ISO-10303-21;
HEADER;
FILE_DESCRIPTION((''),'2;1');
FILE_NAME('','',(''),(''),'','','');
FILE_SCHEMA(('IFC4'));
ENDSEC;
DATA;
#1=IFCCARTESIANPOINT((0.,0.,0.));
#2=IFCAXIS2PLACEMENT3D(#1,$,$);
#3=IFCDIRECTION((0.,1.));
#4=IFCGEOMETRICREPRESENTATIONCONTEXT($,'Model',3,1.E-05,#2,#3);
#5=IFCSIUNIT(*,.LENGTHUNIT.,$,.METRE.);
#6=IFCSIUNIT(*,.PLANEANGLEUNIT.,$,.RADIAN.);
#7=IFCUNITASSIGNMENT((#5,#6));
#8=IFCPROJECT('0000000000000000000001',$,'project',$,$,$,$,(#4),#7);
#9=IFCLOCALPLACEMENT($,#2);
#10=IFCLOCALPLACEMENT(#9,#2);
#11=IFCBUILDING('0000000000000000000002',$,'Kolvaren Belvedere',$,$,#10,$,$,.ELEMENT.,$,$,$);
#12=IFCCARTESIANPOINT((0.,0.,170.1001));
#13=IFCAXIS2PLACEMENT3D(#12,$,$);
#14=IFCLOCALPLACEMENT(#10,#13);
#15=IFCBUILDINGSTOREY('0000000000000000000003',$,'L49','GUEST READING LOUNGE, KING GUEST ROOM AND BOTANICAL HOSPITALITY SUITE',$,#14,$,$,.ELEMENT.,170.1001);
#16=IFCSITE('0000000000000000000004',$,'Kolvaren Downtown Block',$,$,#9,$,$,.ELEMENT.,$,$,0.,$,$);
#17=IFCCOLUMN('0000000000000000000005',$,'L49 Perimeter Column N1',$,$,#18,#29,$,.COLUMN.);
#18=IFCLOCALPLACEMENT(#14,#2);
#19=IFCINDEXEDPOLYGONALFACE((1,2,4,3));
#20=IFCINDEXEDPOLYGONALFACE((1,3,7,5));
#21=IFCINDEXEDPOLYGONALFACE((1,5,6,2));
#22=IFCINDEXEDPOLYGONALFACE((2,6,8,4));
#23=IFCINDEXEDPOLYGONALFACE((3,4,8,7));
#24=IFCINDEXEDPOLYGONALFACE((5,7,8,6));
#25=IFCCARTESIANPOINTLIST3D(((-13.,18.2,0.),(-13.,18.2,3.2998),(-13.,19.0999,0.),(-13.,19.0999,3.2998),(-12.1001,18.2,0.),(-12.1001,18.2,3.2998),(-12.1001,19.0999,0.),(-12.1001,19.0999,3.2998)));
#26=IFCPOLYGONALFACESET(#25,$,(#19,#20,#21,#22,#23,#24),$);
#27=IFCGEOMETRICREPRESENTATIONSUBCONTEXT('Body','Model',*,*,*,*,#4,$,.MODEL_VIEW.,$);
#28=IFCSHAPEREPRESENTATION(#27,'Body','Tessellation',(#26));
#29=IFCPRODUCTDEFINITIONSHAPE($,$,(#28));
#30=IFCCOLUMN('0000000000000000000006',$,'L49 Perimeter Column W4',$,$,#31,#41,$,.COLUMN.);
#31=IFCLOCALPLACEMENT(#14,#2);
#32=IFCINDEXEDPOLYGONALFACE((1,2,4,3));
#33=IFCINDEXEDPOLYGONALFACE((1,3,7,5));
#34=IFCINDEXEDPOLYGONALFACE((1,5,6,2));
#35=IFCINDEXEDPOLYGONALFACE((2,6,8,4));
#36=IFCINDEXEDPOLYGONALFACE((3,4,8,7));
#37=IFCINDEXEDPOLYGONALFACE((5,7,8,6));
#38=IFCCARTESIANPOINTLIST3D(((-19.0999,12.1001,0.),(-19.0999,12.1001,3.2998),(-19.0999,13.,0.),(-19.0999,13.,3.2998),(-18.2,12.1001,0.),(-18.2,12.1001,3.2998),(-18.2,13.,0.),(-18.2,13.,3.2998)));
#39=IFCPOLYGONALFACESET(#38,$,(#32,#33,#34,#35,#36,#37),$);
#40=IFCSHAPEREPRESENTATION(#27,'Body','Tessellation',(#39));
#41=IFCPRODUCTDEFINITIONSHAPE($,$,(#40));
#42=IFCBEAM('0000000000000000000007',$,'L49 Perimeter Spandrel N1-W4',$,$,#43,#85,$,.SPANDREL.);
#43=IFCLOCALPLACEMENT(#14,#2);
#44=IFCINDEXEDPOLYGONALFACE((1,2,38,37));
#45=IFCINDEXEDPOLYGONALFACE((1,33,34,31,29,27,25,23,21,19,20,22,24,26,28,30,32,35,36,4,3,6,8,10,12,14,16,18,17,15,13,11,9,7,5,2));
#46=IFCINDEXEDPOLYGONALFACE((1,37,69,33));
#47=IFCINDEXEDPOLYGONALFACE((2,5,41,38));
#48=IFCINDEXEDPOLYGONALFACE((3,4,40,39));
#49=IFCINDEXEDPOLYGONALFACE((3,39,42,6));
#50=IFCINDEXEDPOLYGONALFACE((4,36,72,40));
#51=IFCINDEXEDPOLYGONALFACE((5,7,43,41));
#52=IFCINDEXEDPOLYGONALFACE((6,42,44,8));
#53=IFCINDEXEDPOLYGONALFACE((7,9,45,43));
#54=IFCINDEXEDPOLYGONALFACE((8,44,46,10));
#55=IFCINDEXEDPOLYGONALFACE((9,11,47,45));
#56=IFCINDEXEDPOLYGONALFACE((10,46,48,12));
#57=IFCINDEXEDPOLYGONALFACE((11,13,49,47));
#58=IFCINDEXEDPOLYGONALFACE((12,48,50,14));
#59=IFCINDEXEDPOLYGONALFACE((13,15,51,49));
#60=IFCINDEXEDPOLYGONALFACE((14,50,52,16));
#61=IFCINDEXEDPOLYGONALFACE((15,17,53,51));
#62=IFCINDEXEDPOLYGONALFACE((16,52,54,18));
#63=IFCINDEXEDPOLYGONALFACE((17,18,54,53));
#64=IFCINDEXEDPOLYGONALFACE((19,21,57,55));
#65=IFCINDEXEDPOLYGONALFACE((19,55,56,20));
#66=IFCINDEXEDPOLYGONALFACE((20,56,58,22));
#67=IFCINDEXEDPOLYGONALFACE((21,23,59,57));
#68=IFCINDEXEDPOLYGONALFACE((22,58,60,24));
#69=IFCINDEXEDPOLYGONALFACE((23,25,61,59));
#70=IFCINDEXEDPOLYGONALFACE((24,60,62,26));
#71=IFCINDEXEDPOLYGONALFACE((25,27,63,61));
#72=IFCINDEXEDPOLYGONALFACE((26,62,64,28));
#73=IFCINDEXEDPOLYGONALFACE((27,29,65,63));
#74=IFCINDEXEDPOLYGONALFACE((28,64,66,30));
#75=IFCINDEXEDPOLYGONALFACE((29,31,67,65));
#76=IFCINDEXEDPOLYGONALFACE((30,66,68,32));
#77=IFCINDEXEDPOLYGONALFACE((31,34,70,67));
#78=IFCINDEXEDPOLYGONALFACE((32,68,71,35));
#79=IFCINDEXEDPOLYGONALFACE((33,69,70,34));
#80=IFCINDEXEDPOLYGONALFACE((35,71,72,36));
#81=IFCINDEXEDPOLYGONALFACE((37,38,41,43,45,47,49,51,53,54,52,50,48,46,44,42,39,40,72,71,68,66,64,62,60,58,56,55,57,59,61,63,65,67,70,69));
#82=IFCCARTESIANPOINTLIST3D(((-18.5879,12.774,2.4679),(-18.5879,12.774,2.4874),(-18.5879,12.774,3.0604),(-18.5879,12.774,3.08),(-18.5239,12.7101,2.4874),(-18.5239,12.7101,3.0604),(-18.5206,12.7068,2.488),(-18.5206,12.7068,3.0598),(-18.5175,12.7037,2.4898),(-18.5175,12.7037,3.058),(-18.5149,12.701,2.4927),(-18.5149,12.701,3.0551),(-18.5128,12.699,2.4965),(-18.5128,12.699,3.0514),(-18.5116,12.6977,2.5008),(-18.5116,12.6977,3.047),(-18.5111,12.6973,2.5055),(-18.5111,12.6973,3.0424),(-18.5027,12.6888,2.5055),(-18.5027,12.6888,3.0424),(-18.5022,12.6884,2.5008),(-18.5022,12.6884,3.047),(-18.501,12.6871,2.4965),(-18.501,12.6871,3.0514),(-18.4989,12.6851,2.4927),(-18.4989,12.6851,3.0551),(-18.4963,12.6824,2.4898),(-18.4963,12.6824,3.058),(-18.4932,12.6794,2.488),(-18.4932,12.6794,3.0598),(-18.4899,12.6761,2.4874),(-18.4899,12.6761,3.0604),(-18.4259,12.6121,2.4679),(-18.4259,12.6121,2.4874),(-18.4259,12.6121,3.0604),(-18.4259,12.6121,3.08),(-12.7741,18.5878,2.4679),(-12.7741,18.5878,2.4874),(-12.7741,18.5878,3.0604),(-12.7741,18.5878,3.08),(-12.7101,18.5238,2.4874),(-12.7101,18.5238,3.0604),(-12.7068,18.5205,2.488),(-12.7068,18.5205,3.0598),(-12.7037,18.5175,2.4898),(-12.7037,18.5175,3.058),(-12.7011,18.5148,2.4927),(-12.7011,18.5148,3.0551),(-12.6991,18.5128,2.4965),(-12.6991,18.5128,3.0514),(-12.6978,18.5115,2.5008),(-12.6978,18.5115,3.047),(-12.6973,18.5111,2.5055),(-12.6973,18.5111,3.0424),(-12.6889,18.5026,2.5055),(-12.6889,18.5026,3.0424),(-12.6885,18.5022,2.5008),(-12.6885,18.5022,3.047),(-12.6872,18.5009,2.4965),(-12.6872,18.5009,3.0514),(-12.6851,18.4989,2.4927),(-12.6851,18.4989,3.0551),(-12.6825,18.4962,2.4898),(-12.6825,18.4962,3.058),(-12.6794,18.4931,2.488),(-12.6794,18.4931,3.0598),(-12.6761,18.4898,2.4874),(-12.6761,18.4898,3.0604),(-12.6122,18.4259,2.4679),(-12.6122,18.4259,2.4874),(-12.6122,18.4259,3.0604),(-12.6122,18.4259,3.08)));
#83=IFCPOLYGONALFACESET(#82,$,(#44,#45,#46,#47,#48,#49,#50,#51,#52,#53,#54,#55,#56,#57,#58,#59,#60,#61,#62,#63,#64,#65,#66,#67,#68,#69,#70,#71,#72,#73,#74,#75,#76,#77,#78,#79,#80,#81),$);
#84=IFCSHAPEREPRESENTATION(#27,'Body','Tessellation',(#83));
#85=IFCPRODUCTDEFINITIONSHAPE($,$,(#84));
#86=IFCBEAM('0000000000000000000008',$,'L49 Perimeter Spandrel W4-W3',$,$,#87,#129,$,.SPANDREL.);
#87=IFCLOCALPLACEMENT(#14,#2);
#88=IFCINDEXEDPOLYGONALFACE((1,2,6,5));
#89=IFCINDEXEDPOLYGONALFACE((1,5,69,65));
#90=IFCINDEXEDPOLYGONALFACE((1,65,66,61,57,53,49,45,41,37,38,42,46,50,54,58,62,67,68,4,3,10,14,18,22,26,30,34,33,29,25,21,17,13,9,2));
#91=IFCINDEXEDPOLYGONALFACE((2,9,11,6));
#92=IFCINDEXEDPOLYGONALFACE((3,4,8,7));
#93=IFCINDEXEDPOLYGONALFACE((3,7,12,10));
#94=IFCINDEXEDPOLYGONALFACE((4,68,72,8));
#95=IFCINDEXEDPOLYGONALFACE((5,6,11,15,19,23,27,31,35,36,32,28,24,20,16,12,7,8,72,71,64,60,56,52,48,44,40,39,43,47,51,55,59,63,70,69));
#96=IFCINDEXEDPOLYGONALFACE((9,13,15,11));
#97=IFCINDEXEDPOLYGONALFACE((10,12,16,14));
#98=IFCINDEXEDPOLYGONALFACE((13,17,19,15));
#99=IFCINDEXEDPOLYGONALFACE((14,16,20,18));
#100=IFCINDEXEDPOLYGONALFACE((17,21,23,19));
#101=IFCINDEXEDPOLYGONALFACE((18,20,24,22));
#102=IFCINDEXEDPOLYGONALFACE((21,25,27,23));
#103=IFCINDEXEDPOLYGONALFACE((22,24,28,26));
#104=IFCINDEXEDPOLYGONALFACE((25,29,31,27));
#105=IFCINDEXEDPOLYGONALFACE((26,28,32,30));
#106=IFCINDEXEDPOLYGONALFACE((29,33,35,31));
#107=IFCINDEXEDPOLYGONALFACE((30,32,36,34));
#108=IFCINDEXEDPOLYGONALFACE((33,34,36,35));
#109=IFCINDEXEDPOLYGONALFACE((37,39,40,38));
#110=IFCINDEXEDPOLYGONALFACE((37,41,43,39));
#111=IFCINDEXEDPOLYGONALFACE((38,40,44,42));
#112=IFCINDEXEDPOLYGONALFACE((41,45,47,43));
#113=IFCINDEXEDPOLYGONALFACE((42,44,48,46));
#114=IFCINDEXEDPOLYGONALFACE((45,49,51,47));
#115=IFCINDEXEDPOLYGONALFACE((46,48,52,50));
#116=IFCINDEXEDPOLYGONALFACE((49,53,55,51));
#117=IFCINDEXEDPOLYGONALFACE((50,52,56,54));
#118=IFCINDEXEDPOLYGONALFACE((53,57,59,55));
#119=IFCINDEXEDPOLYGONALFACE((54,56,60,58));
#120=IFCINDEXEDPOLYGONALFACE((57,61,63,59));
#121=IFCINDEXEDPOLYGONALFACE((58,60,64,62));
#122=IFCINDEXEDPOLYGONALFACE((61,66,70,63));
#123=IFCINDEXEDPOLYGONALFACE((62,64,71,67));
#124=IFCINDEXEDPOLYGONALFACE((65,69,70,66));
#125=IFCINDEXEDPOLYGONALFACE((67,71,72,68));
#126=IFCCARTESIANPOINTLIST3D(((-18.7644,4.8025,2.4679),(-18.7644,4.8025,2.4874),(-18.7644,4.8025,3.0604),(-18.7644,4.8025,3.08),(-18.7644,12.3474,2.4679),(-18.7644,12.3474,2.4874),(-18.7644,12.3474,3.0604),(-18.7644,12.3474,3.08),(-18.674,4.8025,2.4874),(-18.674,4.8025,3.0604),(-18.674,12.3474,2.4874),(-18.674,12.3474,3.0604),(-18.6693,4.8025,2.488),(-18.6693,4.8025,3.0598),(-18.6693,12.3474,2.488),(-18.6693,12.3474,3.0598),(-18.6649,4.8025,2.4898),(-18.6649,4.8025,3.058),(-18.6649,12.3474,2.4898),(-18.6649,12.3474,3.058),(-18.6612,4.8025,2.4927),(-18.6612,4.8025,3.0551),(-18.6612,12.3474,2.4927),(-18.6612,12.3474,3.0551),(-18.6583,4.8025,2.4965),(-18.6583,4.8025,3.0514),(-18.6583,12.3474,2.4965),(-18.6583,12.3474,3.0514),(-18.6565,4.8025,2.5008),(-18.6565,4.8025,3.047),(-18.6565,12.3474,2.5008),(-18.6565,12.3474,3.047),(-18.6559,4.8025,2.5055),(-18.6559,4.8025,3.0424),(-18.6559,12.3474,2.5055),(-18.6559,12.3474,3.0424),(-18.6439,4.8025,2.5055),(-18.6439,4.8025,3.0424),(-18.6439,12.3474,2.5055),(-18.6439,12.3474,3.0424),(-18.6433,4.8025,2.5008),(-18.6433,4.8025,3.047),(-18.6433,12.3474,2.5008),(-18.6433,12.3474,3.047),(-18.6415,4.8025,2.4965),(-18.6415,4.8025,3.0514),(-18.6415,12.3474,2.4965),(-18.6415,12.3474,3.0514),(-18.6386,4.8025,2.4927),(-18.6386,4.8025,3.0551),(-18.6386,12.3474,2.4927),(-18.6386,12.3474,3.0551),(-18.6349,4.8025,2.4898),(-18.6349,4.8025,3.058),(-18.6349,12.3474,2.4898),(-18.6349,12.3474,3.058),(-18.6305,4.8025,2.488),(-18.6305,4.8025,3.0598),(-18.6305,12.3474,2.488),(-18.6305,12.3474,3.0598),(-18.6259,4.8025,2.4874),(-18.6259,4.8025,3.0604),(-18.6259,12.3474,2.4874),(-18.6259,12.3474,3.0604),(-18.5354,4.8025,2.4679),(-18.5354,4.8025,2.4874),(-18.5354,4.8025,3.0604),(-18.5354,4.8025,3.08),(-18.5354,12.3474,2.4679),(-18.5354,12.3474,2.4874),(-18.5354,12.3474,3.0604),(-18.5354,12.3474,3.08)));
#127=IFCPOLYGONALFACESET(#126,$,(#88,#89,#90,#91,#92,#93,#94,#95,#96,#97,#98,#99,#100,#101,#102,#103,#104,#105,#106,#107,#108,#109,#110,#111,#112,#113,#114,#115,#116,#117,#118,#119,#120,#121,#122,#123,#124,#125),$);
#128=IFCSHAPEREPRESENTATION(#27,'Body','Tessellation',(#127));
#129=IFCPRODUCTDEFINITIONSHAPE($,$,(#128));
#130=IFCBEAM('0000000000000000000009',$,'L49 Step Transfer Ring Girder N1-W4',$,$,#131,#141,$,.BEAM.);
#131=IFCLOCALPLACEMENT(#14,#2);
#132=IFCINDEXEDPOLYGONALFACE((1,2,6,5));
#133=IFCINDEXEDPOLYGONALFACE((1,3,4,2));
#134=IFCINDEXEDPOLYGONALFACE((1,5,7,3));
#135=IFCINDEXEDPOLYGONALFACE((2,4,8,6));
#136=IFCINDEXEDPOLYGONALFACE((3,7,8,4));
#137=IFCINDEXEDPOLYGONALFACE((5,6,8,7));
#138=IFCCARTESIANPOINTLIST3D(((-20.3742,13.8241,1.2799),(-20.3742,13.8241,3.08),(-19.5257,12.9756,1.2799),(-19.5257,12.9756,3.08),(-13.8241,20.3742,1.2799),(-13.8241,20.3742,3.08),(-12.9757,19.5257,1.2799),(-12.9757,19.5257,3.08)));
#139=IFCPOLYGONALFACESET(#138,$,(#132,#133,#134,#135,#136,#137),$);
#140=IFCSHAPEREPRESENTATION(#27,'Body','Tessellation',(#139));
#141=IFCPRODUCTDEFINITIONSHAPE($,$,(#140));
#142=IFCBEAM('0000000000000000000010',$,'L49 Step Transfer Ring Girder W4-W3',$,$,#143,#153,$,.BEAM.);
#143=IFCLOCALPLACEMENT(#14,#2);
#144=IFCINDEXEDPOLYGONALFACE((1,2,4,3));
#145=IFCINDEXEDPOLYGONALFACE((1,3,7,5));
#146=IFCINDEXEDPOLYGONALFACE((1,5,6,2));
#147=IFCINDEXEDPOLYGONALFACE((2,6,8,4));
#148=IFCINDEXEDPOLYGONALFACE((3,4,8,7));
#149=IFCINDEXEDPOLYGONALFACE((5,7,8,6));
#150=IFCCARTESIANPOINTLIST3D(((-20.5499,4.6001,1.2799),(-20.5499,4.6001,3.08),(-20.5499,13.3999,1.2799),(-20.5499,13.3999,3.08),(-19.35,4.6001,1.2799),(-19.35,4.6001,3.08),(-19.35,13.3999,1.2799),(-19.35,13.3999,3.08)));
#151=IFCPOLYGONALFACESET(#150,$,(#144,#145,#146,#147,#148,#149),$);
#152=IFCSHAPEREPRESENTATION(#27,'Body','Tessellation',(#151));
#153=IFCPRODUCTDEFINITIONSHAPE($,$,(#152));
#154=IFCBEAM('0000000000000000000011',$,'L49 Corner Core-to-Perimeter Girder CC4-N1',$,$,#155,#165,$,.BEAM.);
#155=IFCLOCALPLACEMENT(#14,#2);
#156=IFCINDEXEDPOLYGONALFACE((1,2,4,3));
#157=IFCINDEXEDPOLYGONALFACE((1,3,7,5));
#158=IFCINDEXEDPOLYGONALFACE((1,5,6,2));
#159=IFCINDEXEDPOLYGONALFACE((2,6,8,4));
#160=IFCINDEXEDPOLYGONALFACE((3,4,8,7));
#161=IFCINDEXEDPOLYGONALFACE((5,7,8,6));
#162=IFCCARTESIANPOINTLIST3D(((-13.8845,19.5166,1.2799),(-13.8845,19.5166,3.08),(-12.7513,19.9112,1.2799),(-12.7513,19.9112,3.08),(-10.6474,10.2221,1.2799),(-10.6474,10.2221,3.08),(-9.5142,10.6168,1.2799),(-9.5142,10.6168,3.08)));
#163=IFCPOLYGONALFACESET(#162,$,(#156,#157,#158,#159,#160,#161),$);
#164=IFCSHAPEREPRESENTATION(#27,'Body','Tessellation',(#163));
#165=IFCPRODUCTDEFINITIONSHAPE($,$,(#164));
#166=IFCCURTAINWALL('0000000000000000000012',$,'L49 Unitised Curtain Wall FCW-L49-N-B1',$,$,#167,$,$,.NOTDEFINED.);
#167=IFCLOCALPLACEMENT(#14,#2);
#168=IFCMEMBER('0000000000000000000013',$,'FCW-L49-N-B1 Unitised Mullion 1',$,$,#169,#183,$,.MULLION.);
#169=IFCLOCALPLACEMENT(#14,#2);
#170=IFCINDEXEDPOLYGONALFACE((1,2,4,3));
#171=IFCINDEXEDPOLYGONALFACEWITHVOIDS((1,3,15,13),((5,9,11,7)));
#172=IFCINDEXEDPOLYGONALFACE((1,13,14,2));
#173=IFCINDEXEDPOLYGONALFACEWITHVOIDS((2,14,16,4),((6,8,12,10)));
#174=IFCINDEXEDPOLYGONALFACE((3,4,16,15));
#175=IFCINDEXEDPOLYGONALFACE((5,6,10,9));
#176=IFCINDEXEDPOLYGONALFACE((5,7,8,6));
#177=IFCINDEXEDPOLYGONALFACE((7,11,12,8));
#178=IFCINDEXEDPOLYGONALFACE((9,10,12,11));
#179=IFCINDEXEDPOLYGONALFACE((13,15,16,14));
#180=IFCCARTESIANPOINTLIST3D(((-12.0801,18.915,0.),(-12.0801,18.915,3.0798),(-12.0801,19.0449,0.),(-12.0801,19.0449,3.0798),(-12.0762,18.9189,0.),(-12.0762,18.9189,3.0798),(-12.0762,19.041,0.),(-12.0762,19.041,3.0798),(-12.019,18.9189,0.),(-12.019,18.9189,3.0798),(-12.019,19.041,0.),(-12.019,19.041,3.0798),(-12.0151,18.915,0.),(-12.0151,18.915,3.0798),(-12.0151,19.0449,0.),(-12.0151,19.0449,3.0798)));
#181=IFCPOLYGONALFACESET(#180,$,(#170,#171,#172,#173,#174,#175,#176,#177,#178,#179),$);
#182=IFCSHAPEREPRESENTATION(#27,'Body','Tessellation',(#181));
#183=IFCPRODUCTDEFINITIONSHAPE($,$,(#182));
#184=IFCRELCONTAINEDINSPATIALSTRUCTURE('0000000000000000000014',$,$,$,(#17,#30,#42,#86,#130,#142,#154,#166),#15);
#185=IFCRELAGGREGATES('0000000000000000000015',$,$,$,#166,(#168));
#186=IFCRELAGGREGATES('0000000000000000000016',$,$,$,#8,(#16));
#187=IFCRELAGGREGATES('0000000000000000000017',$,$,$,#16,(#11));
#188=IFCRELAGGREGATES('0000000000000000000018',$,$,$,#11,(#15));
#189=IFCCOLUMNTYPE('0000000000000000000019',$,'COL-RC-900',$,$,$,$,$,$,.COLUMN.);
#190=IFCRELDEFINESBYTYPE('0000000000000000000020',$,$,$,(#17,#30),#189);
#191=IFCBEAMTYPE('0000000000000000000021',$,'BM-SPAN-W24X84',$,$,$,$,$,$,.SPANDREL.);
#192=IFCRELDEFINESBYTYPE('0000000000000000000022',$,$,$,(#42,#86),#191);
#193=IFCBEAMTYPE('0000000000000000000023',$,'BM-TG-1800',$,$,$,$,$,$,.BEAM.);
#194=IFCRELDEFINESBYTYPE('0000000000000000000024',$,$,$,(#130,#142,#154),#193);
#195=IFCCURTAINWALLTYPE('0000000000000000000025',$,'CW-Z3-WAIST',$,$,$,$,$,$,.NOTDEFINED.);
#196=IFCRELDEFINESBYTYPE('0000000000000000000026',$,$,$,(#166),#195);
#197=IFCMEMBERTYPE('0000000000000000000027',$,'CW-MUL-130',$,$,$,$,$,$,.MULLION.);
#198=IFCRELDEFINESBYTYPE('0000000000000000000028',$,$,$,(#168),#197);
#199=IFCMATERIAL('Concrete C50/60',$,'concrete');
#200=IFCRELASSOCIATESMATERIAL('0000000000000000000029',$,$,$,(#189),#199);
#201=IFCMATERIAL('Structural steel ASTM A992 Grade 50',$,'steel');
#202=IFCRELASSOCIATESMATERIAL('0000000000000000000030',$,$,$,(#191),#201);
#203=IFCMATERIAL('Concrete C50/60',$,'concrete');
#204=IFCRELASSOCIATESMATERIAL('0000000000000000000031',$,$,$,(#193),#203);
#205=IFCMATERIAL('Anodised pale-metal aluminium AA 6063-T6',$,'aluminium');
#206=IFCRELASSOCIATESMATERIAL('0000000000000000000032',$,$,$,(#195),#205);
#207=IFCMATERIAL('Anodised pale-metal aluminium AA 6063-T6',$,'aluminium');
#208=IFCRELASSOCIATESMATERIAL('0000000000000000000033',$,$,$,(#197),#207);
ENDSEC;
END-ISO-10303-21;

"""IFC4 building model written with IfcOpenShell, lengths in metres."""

from ifc_helpers import new_model, si_unit, direction, frame, origin, origin_2d, place, context, subcontext, project, spatial, rectangle, hollow_rectangle, i_section, extrude, material, material_profile, profile_set, type_object, element, aggregate, save


model = new_model("IFC4")

# Units and contexts
model_context = context("Model", 3, precision=1e-05, world=origin(), true_north=direction((0.0, 1.0)))
body_context = subcontext(model_context, "Body", "Model", "MODEL_VIEW")
ifc_project = project(units=[si_unit("LENGTHUNIT", "METRE"), si_unit("PLANEANGLEUNIT", "RADIAN")], contexts=[model_context])

# Site, building, storey
site_placement = place(None, origin())
site = spatial("IfcSite", under=ifc_project, at=site_placement, Name="Kolvaren Downtown Block", CompositionType="ELEMENT", RefElevation=0.0)
building_placement = place(site_placement, origin())
building = spatial("IfcBuilding", under=site, at=building_placement, Name="Kolvaren Belvedere", CompositionType="ELEMENT")
storey_placement = place(building_placement, frame((0.0, 0.0, 170.1001)))
storey = spatial("IfcBuildingStorey", under=building, at=storey_placement, Name="L49", Description="GUEST READING LOUNGE, KING GUEST ROOM AND BOTANICAL HOSPITALITY SUITE", CompositionType="ELEMENT", Elevation=170.1001)

# Columns
ifc_material_1 = material(Name="Concrete C50/60", Category="concrete")
ifc_material_profile_1 = material_profile(ifc_material_1, rectangle(XDim=0.8999, YDim=0.8999, at=origin_2d()), Name="RC 900X900")
ifc_profile_set_1 = profile_set([ifc_material_profile_1], Name="Concrete C50/60")
column_type = type_object("IfcColumnType", Name="COL-RC-900", PredefinedType="COLUMN", material=ifc_profile_set_1)
for number, where, z_axis, x_axis, name in (
    (1, (-12.55, 18.6499, 0.0), (0.0, 0.0, 1.0), (1.0, 0.0, 0.0), "L49 Perimeter Column N1"),
    (2, (-18.6499, 12.55, 0.0), (0.0, 0.0, 1.0), (1.0, 0.0, 0.0), "L49 Perimeter Column W4"),
):
    element("IfcColumn", number, at=place(storey_placement, frame(where, z_axis=z_axis, x_axis=x_axis)), inside=storey, type_object=column_type, Name=name, PredefinedType="COLUMN", context=body_context, shape_type="SweptSolid", body=[
        extrude(rectangle(XDim=0.8999, YDim=0.8999, at=origin_2d()), origin(), (0.0, 0.0, 1.0), 3.2998),
    ])

# Beams
ifc_material_2 = material(Name="Structural steel ASTM A992 Grade 50", Category="steel")
ifc_material_profile_2 = material_profile(ifc_material_2, i_section(OverallWidth=0.229, OverallDepth=0.6121, WebThickness=0.012, FlangeThickness=0.0195, FilletRadius=0.0181, at=origin_2d()), Name="W24X84")
ifc_profile_set_2 = profile_set([ifc_material_profile_2], Name="Structural steel ASTM A992 Grade 50")
beam_type_1 = type_object("IfcBeamType", Name="BM-SPAN-W24X84", PredefinedType="SPANDREL", material=ifc_profile_set_2)
beam_1_placement = place(storey_placement, frame((-12.6931, 18.5068, 2.7739), z_axis=(-0.707107, -0.707107, 0.0), x_axis=(0.707107, -0.707107, 0.0)))
element("IfcBeam", 3, at=beam_1_placement, inside=storey, type_object=beam_type_1, Name="L49 Perimeter Spandrel N1-W4", PredefinedType="SPANDREL", context=body_context, shape_type="SweptSolid", body=[
    extrude(i_section(OverallWidth=0.229, OverallDepth=0.6121, WebThickness=0.012, FlangeThickness=0.0195, FilletRadius=0.0181, at=origin_2d()), origin(), (0.0, 0.0, 1.0), 8.2219),
])
beam_2_placement = place(storey_placement, frame((-18.6499, 12.3474, 2.7739), z_axis=(0.0, -1.0, 0.0), x_axis=(1.0, 0.0, 0.0)))
element("IfcBeam", 4, at=beam_2_placement, inside=storey, type_object=beam_type_1, Name="L49 Perimeter Spandrel W4-W3", PredefinedType="SPANDREL", context=body_context, shape_type="SweptSolid", body=[
    extrude(i_section(OverallWidth=0.229, OverallDepth=0.6121, WebThickness=0.012, FlangeThickness=0.0195, FilletRadius=0.0181, at=origin_2d()), origin(), (0.0, 0.0, 1.0), 7.5449),
])
ifc_material_3 = material(Name="Concrete C50/60", Category="concrete")
ifc_material_profile_3 = material_profile(ifc_material_3, rectangle(XDim=1.2, YDim=1.8, at=origin_2d()), Name="RC 1200X1800")
ifc_profile_set_3 = profile_set([ifc_material_profile_3], Name="Concrete C50/60")
beam_type_2 = type_object("IfcBeamType", Name="BM-TG-1800", PredefinedType="BEAM", material=ifc_profile_set_3)
beam_3_placement = place(storey_placement, frame((-13.3999, 19.95, 2.1799), z_axis=(-0.707107, -0.707107, 0.0), x_axis=(0.707107, -0.707107, 0.0)))
element("IfcBeam", 5, at=beam_3_placement, inside=storey, type_object=beam_type_2, Name="L49 Step Transfer Ring Girder N1-W4", PredefinedType="BEAM", context=body_context, shape_type="SweptSolid", body=[
    extrude(rectangle(XDim=1.2, YDim=1.8, at=origin_2d()), origin(), (0.0, 0.0, 1.0), 9.2632),
])
beam_4_placement = place(storey_placement, frame((-19.95, 13.3999, 2.1799), z_axis=(0.0, -1.0, 0.0), x_axis=(1.0, 0.0, 0.0)))
element("IfcBeam", 6, at=beam_4_placement, inside=storey, type_object=beam_type_2, Name="L49 Step Transfer Ring Girder W4-W3", PredefinedType="BEAM", context=body_context, shape_type="SweptSolid", body=[
    extrude(rectangle(XDim=1.2, YDim=1.8, at=origin_2d()), origin(), (0.0, 0.0, 1.0), 8.7998),
])
beam_5_placement = place(storey_placement, frame((-10.0808, 10.4194, 2.1799), z_axis=(-0.328903, 0.944364, 0.0), x_axis=(-0.944364, -0.328903, 0.0)))
element("IfcBeam", 7, at=beam_5_placement, inside=storey, type_object=beam_type_2, Name="L49 Corner Core-to-Perimeter Girder CC4-N1", PredefinedType="BEAM", context=body_context, shape_type="SweptSolid", body=[
    extrude(rectangle(XDim=1.2, YDim=1.8, at=origin_2d()), origin(), (0.0, 0.0, 1.0), 9.842),
])

# Curtain wall, member
ifc_material_4 = material(Name="Anodised pale-metal aluminium AA 6063-T6", Category="aluminium")
curtain_wall_type = type_object("IfcCurtainWallType", Name="CW-Z3-WAIST", PredefinedType="NOTDEFINED", material=ifc_material_4)
curtain_wall_1_placement = place(storey_placement, origin())
curtain_wall_1 = element("IfcCurtainWall", 8, at=curtain_wall_1_placement, inside=storey, type_object=curtain_wall_type, Name="L49 Unitised Curtain Wall FCW-L49-N-B1", PredefinedType="NOTDEFINED")
ifc_material_5 = material(Name="Anodised pale-metal aluminium AA 6063-T6", Category="aluminium")
ifc_material_profile_4 = material_profile(ifc_material_5, hollow_rectangle(XDim=0.0649, YDim=0.1299, WallThickness=0.0039, at=origin_2d()), Name="ALU-MUL-130X65")
ifc_profile_set_4 = profile_set([ifc_material_profile_4], Name="Anodised pale-metal aluminium AA 6063-T6")
member_type_1 = type_object("IfcMemberType", Name="CW-MUL-130", PredefinedType="MULLION", material=ifc_profile_set_4)
member_1_placement = place(storey_placement, frame((-12.0476, 18.98, 0.0), z_axis=(0.0, 0.0, 1.0), x_axis=(1.0, 0.0, 0.0)))
member_1 = element("IfcMember", 9, at=member_1_placement, type_object=member_type_1, Name="FCW-L49-N-B1 Unitised Mullion 1", PredefinedType="MULLION", context=body_context, shape_type="SweptSolid", body=[
    extrude(hollow_rectangle(XDim=0.0649, YDim=0.1299, WallThickness=0.0039, at=origin_2d()), origin(), (0.0, 0.0, 1.0), 3.0798),
])

aggregate(curtain_wall_1, [member_1])

save(model, "model.ifc")
